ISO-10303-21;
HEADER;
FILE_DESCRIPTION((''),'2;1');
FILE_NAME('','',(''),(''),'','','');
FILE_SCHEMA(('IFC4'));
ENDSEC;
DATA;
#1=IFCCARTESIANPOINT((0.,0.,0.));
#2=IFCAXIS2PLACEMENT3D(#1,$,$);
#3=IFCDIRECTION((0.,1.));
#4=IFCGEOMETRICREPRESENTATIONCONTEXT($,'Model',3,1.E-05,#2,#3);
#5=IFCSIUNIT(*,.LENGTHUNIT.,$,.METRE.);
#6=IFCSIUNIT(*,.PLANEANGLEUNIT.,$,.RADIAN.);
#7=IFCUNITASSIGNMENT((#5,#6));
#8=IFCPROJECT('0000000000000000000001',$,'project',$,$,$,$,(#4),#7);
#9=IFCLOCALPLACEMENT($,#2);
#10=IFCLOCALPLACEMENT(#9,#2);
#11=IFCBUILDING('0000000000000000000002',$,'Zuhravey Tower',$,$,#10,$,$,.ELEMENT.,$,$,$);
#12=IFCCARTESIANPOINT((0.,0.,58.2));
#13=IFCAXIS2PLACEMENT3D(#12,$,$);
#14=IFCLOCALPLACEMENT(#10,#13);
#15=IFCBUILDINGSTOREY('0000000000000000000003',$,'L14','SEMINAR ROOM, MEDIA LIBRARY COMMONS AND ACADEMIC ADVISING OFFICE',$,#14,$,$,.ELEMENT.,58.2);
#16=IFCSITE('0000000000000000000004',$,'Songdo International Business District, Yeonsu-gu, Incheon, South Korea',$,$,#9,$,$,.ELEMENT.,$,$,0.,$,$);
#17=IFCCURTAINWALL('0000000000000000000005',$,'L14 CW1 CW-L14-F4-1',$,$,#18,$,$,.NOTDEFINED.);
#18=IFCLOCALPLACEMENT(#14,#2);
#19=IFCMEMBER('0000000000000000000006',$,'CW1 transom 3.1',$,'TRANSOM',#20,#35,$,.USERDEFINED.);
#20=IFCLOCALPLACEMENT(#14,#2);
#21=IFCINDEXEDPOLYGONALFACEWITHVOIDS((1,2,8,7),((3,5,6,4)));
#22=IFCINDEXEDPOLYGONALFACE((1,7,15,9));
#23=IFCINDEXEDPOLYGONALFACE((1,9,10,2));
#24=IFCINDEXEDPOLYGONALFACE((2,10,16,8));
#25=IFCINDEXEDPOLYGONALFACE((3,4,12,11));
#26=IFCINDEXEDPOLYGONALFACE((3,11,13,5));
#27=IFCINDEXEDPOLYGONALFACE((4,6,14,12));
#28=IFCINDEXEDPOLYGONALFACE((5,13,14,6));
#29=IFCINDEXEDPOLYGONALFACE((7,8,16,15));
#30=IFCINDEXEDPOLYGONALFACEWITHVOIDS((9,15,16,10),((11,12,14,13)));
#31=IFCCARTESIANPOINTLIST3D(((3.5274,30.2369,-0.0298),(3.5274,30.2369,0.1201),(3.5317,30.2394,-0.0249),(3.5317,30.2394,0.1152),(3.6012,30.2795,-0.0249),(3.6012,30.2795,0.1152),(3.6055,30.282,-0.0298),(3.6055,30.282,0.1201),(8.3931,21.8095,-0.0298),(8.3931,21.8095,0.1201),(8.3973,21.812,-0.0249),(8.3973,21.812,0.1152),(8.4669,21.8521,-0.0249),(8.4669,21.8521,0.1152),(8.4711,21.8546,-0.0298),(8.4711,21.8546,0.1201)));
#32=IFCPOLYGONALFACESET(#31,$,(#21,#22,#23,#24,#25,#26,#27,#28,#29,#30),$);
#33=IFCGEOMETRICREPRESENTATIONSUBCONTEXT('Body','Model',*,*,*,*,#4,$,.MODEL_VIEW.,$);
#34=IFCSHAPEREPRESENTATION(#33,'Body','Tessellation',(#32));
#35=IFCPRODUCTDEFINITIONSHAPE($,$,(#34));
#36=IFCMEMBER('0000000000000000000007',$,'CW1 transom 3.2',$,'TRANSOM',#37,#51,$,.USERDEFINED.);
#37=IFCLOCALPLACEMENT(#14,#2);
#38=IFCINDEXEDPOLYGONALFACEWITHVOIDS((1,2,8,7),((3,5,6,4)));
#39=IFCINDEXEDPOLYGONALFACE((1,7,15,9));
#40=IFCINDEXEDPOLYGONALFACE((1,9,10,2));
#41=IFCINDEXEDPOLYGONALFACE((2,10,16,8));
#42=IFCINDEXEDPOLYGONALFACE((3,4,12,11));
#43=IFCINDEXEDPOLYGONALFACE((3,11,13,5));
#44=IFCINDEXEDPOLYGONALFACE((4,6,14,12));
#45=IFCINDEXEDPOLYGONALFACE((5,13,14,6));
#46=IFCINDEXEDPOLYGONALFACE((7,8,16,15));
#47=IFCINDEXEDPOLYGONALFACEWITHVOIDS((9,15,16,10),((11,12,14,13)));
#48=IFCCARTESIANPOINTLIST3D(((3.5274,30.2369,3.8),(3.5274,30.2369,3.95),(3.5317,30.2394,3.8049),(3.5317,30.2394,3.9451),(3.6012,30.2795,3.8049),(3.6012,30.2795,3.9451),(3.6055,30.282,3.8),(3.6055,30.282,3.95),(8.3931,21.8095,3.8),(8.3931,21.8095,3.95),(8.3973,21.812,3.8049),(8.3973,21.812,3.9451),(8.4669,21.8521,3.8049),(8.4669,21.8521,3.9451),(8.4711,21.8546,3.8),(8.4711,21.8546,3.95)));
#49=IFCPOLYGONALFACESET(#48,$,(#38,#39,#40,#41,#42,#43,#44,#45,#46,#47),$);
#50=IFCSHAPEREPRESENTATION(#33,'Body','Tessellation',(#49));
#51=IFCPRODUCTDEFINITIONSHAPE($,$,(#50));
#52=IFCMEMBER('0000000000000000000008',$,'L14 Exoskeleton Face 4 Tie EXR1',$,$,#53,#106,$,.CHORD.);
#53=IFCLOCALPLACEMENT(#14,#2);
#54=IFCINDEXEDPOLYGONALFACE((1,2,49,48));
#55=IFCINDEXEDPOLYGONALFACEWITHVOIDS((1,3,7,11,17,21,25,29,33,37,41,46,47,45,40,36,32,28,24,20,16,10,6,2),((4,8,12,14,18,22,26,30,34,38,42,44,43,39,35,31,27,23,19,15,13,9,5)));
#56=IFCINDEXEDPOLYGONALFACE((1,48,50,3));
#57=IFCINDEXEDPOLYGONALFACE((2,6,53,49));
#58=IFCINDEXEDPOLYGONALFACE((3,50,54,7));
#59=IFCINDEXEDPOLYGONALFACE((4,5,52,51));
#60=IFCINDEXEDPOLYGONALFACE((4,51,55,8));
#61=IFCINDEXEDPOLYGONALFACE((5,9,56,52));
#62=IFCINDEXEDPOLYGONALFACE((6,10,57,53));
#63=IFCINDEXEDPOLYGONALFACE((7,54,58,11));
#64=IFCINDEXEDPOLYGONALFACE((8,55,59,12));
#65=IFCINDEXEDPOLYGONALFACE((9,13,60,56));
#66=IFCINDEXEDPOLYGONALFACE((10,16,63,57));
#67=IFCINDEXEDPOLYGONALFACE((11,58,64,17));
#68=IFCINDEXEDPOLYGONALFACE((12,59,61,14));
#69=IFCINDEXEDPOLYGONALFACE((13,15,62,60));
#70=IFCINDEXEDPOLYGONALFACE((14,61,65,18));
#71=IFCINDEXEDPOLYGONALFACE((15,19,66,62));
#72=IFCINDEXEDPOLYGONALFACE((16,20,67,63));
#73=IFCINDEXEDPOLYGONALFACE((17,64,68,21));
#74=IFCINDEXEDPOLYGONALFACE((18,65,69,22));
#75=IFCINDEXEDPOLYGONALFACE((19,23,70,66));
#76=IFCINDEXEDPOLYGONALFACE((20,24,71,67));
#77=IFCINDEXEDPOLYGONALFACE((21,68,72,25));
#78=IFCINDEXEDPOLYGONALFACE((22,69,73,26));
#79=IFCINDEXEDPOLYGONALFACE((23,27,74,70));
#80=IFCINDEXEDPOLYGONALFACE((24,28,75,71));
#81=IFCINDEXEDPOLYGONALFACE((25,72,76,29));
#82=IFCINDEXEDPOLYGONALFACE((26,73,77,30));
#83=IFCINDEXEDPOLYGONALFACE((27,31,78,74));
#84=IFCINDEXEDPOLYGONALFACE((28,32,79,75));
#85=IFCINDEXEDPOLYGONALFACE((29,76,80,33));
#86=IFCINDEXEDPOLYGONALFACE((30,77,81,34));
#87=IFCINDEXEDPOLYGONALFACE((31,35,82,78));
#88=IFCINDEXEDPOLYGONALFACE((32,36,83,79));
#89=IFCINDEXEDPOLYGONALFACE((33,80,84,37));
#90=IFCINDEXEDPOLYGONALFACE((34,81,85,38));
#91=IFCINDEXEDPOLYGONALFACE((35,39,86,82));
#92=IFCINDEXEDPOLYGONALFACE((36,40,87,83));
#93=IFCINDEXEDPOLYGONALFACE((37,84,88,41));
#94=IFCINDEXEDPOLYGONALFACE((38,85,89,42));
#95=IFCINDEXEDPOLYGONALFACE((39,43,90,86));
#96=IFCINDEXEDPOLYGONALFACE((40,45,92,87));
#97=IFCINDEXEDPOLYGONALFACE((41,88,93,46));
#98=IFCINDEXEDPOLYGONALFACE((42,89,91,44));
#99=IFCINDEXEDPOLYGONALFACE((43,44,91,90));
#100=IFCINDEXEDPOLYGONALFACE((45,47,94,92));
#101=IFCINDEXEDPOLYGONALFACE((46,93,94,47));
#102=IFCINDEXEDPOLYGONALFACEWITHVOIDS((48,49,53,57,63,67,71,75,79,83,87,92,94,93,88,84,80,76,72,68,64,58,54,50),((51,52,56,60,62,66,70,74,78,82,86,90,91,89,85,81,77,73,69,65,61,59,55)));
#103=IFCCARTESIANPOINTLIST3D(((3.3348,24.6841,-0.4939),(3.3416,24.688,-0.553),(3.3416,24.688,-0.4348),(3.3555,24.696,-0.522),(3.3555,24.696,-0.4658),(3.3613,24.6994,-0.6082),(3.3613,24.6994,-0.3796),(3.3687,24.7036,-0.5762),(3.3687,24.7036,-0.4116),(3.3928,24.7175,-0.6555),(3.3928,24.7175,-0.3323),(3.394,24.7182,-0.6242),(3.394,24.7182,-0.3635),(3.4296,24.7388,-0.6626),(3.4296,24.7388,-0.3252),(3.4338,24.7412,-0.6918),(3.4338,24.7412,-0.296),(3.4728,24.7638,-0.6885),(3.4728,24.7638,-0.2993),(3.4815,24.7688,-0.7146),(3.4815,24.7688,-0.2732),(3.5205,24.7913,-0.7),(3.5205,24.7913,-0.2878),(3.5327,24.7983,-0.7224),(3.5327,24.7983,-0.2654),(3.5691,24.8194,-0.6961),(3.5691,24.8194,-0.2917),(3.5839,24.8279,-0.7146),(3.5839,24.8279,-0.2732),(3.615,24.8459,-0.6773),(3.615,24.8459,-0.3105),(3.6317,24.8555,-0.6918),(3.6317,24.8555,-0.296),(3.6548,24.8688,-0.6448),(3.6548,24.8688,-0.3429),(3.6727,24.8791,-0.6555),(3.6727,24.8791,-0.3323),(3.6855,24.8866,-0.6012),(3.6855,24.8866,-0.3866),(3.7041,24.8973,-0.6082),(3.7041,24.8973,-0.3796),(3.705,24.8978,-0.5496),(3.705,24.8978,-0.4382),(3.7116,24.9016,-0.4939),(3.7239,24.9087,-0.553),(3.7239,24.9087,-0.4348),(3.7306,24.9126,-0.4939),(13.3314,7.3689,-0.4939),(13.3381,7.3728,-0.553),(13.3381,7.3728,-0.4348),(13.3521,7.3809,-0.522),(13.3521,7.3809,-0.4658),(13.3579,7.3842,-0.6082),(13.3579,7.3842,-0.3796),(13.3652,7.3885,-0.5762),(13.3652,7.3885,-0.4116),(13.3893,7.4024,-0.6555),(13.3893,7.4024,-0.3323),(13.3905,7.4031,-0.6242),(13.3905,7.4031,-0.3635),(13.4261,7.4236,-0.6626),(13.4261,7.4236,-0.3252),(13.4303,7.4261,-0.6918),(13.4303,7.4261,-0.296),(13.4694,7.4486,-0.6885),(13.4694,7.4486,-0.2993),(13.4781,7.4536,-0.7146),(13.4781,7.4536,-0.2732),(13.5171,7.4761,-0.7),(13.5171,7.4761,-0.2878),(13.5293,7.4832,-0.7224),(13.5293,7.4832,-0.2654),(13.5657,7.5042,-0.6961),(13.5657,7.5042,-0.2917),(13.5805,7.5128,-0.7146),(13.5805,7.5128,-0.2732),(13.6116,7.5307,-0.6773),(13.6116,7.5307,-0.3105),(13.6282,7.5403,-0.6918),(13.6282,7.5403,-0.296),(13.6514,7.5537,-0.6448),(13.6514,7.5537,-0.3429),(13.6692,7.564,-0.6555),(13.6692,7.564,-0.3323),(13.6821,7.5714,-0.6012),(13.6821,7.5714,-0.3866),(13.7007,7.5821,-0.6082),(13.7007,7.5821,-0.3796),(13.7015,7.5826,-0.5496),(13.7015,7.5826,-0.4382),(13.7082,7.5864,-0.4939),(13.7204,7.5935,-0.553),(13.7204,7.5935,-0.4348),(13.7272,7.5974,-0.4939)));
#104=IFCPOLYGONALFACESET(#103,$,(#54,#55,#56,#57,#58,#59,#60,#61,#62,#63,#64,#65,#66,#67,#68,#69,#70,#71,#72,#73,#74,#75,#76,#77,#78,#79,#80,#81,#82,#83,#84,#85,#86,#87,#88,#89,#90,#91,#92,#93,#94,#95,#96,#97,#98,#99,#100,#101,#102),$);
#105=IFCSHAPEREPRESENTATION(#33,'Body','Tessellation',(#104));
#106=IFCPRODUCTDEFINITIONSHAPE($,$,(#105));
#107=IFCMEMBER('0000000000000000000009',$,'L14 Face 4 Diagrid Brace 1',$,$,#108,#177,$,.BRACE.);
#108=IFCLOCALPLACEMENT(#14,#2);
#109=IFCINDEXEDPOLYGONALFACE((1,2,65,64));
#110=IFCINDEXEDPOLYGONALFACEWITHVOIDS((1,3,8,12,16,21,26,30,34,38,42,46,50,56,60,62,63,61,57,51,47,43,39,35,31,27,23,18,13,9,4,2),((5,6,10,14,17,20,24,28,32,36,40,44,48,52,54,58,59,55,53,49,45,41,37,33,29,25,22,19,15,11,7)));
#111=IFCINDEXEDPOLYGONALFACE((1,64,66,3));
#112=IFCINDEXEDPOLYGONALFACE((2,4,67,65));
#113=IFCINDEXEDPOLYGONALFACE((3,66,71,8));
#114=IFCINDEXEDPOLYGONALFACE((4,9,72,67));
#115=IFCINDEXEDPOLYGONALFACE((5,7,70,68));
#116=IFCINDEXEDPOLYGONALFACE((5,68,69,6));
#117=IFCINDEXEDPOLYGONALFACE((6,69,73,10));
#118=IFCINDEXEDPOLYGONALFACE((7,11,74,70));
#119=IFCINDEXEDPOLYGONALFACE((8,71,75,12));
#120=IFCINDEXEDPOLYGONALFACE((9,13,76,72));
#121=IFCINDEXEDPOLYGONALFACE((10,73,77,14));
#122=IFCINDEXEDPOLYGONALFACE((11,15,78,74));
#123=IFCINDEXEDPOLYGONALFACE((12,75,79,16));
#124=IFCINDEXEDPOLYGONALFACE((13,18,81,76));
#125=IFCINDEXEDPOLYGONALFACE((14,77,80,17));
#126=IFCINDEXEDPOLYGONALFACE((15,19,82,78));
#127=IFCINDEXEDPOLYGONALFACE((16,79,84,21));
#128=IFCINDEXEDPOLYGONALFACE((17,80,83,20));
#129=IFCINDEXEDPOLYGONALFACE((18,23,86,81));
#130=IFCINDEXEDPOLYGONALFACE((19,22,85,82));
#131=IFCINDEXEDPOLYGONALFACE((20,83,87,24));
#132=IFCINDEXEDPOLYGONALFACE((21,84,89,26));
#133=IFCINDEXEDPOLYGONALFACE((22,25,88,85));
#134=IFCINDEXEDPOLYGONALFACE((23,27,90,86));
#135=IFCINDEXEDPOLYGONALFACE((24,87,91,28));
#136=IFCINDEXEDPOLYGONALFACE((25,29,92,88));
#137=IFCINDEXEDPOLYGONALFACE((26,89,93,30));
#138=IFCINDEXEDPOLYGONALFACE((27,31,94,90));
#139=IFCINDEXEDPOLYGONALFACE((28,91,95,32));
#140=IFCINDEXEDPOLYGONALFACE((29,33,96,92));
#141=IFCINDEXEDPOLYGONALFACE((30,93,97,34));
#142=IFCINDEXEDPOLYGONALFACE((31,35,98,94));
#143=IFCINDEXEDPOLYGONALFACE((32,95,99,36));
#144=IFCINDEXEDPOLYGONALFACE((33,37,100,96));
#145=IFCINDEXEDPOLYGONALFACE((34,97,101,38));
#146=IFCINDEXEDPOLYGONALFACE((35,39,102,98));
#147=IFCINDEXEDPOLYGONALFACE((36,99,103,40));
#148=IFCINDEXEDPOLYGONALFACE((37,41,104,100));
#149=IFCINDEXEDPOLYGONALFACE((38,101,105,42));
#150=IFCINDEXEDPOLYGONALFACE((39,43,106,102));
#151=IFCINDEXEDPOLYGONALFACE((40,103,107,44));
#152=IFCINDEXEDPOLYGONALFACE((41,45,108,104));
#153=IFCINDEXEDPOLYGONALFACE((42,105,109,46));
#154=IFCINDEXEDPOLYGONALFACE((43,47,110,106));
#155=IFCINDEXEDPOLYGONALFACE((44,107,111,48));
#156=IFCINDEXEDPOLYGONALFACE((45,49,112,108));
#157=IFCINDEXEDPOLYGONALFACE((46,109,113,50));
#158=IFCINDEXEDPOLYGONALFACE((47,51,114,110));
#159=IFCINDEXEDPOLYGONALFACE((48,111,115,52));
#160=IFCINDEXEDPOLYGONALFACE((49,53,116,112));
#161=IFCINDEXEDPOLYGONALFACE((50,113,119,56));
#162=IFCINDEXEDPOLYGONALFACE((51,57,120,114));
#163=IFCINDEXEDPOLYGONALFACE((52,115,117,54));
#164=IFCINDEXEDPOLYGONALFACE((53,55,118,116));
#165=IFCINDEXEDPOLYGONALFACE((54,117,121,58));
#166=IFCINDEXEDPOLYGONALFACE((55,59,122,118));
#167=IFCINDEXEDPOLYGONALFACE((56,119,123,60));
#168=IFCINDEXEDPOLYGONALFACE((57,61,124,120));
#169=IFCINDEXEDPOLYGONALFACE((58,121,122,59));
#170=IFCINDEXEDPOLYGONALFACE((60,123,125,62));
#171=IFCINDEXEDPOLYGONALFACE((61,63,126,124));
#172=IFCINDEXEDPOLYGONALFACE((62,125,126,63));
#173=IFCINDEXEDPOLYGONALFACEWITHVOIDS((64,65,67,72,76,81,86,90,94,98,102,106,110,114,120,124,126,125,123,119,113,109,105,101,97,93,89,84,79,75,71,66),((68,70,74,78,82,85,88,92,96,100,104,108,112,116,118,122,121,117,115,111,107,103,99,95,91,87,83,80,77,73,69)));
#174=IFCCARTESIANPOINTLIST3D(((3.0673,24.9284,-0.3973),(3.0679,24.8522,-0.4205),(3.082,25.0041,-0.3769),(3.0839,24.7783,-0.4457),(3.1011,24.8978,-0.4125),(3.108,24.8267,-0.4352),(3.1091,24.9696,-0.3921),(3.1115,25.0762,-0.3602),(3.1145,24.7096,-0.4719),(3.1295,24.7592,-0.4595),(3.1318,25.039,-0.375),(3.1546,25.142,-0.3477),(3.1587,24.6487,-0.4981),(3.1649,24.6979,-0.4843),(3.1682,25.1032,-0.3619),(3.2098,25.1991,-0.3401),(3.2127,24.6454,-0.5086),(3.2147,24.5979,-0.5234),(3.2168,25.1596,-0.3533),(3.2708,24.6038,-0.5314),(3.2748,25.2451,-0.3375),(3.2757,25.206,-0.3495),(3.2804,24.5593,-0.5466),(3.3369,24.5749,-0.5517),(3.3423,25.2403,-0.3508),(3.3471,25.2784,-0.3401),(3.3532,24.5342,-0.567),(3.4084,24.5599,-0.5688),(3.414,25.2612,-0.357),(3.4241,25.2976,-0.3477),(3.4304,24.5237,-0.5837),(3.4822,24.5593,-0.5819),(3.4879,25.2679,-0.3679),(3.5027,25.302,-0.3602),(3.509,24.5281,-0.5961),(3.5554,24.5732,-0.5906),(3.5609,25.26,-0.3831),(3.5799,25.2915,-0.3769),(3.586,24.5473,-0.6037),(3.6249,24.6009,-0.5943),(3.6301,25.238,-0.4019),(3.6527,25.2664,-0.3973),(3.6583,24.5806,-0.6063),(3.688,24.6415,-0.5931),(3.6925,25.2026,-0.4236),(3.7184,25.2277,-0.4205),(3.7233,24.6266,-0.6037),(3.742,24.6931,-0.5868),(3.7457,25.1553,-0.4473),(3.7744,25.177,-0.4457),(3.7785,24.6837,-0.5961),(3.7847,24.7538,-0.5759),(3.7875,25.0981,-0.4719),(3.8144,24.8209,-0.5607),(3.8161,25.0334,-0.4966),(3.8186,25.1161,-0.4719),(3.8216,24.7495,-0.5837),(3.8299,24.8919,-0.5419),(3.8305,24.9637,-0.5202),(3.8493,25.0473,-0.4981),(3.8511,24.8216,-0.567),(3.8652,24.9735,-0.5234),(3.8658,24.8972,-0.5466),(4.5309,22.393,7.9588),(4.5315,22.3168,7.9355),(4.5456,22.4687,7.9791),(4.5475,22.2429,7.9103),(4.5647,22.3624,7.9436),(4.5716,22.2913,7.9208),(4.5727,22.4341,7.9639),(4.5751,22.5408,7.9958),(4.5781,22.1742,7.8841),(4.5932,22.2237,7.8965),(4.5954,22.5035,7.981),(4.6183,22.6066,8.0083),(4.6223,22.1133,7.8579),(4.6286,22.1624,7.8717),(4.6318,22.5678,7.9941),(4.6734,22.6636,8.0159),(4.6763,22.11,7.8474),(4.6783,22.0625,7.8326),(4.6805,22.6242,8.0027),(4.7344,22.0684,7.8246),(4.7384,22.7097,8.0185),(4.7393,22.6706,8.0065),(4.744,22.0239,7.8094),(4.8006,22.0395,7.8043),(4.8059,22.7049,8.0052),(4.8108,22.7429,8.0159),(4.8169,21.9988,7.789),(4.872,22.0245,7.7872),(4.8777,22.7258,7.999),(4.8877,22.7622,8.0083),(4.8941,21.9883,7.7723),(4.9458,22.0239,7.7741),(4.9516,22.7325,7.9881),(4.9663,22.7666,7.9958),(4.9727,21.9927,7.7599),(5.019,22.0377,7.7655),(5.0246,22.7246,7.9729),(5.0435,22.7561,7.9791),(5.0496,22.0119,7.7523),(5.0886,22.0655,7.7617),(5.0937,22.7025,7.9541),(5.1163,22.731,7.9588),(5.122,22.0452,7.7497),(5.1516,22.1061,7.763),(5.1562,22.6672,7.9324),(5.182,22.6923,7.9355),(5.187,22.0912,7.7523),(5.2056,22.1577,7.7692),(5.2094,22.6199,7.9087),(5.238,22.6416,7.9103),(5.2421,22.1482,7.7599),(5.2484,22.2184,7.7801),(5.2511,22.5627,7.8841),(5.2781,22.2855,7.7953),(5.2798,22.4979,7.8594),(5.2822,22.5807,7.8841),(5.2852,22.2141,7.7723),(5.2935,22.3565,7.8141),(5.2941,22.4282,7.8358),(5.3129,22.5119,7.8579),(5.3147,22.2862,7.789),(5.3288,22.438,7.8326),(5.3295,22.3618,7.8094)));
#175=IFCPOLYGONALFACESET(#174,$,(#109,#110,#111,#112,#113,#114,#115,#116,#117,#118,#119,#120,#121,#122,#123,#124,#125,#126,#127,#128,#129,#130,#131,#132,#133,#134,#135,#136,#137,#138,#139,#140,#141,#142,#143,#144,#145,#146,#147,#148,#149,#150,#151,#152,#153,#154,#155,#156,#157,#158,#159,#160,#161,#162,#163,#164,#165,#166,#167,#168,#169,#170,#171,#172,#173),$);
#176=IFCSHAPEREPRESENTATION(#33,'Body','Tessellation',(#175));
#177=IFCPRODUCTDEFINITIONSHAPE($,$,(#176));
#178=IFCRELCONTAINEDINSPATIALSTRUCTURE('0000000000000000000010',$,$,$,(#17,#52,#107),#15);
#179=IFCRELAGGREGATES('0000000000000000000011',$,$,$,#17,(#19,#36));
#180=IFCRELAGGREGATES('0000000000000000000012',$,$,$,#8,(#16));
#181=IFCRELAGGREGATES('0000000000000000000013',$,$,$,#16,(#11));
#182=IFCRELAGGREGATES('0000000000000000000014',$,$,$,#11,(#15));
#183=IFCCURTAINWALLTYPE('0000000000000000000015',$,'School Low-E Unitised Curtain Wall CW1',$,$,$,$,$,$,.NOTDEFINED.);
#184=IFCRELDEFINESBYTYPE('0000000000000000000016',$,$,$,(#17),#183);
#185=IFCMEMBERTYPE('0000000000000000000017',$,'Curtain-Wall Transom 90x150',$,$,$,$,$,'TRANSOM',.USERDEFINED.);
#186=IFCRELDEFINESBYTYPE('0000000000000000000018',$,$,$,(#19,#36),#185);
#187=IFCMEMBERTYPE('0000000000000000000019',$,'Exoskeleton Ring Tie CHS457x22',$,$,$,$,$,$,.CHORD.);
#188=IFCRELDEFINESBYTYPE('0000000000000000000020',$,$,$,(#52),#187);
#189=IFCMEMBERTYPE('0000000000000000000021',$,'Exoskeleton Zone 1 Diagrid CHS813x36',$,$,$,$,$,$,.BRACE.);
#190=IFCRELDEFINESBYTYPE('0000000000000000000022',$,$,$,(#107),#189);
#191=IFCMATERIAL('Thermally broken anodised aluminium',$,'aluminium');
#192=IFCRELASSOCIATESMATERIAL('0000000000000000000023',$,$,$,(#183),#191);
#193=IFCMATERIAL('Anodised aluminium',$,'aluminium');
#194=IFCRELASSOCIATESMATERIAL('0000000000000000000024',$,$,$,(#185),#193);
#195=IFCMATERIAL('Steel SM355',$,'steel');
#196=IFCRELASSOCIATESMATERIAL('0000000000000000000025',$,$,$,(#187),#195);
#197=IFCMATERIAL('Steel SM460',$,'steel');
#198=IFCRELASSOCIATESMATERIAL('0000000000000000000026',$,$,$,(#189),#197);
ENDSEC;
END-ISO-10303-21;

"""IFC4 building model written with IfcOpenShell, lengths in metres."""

from ifc_helpers import new_model, si_unit, direction, frame, origin, origin_2d, place, context, subcontext, project, spatial, hollow_rectangle, hollow_circle, extrude, material, material_profile, profile_set, type_object, element, aggregate, save


model = new_model("IFC4")

# Units and contexts
model_context = context("Model", 3, precision=1e-05, world=origin(), true_north=direction((0.0, 1.0)))
body_context = subcontext(model_context, "Body", "Model", "MODEL_VIEW")
ifc_project = project(units=[si_unit("LENGTHUNIT", "METRE"), si_unit("PLANEANGLEUNIT", "RADIAN")], contexts=[model_context])

# Site, building, storey
site_placement = place(None, origin())
site = spatial("IfcSite", under=ifc_project, at=site_placement, Name="Songdo International Business District, Yeonsu-gu, Incheon, South Korea", CompositionType="ELEMENT", RefElevation=0.0)
building_placement = place(site_placement, origin())
building = spatial("IfcBuilding", under=site, at=building_placement, Name="Zuhravey Tower", CompositionType="ELEMENT")
storey_placement = place(building_placement, frame((0.0, 0.0, 58.2)))
storey = spatial("IfcBuildingStorey", under=building, at=storey_placement, Name="L14", Description="SEMINAR ROOM, MEDIA LIBRARY COMMONS AND ACADEMIC ADVISING OFFICE", CompositionType="ELEMENT", Elevation=58.2)

# Shared definitions
ifc_material_1 = material(Name="Thermally broken anodised aluminium", Category="aluminium")
curtain_wall_type = type_object("IfcCurtainWallType", Name="School Low-E Unitised Curtain Wall CW1", PredefinedType="NOTDEFINED", material=ifc_material_1)
ifc_material_2 = material(Name="Anodised aluminium", Category="aluminium")

# Curtain wall, members
curtain_wall_1_placement = place(storey_placement, origin())
curtain_wall_1 = element("IfcCurtainWall", 1, at=curtain_wall_1_placement, inside=storey, type_object=curtain_wall_type, Name="L14 CW1 CW-L14-F4-1", PredefinedType="NOTDEFINED")
ifc_material_profile_1 = material_profile(ifc_material_2, hollow_rectangle(XDim=0.0901, YDim=0.1499, WallThickness=0.0049, at=origin_2d()), Name="ALU-RHS-90x150x5")
ifc_profile_set_1 = profile_set([ifc_material_profile_1], Name="Anodised aluminium")
member_type_1 = type_object("IfcMemberType", Name="Curtain-Wall Transom 90x150", ElementType="TRANSOM", PredefinedType="USERDEFINED", material=ifc_profile_set_1)
member_1_placement = place(storey_placement, frame((8.4321, 21.832, 0.0452), z_axis=(-0.500008, 0.866021, 0.0), x_axis=(-0.866021, -0.500008, 0.0)))
member_1 = element("IfcMember", 2, at=member_1_placement, type_object=member_type_1, Name="CW1 transom 3.1", ObjectType="TRANSOM", PredefinedType="USERDEFINED", context=body_context, shape_type="SweptSolid", body=[
    extrude(hollow_rectangle(XDim=0.0901, YDim=0.1499, WallThickness=0.0049, at=origin_2d()), origin(), (0.0, 0.0, 1.0), 9.7312),
])
member_2_placement = place(storey_placement, frame((8.4321, 21.832, 3.875), z_axis=(-0.500008, 0.866021, 0.0), x_axis=(-0.866021, -0.500008, 0.0)))
member_2 = element("IfcMember", 3, at=member_2_placement, type_object=member_type_1, Name="CW1 transom 3.2", ObjectType="TRANSOM", PredefinedType="USERDEFINED", context=body_context, shape_type="SweptSolid", body=[
    extrude(hollow_rectangle(XDim=0.0901, YDim=0.1499, WallThickness=0.0049, at=origin_2d()), origin(), (0.0, 0.0, 1.0), 9.7312),
])

# Members
ifc_material_3 = material(Name="Steel SM355", Category="steel")
ifc_material_profile_2 = material_profile(ifc_material_3, hollow_circle(Radius=0.2285, WallThickness=0.022, at=origin_2d()), Name="CHS-457.2x22")
ifc_profile_set_2 = profile_set([ifc_material_profile_2], Name="Steel SM355")
member_type_2 = type_object("IfcMemberType", Name="Exoskeleton Ring Tie CHS457x22", PredefinedType="CHORD", material=ifc_profile_set_2)
member_3_placement = place(storey_placement, frame((3.5327, 24.7983, -0.4939), z_axis=(0.499987, -0.866033, 0.0), x_axis=(0.866033, 0.499987, 0.0)))
element("IfcMember", 4, at=member_3_placement, inside=storey, type_object=member_type_2, Name="L14 Exoskeleton Face 4 Tie EXR1", PredefinedType="CHORD", context=body_context, shape_type="SweptSolid", body=[
    extrude(hollow_circle(Radius=0.2285, WallThickness=0.022, at=origin_2d()), origin(), (0.0, 0.0, 1.0), 19.9937),
])
ifc_material_4 = material(Name="Steel SM460", Category="steel")
ifc_material_profile_3 = material_profile(ifc_material_4, hollow_circle(Radius=0.4065, WallThickness=0.0359, at=origin_2d()), Name="CHS-812.8x36")
ifc_profile_set_3 = profile_set([ifc_material_profile_3], Name="Steel SM460")
member_type_3 = type_object("IfcMemberType", Name="Exoskeleton Zone 1 Diagrid CHS813x36", PredefinedType="BRACE", material=ifc_profile_set_3)
member_4_placement = place(storey_placement, frame((3.4666, 24.9128, -0.4719), z_axis=(0.165307, -0.286358, 0.943755), x_axis=(0.866054, 0.499951, 0.0)))
element("IfcMember", 5, at=member_4_placement, inside=storey, type_object=member_type_3, Name="L14 Face 4 Diagrid Brace 1", PredefinedType="BRACE", context=body_context, shape_type="SweptSolid", body=[
    extrude(hollow_circle(Radius=0.4065, WallThickness=0.0359, at=origin_2d()), origin(), (0.0, 0.0, 1.0), 8.854),
])

aggregate(curtain_wall_1, [member_1, member_2])

save(model, "model.ifc")
